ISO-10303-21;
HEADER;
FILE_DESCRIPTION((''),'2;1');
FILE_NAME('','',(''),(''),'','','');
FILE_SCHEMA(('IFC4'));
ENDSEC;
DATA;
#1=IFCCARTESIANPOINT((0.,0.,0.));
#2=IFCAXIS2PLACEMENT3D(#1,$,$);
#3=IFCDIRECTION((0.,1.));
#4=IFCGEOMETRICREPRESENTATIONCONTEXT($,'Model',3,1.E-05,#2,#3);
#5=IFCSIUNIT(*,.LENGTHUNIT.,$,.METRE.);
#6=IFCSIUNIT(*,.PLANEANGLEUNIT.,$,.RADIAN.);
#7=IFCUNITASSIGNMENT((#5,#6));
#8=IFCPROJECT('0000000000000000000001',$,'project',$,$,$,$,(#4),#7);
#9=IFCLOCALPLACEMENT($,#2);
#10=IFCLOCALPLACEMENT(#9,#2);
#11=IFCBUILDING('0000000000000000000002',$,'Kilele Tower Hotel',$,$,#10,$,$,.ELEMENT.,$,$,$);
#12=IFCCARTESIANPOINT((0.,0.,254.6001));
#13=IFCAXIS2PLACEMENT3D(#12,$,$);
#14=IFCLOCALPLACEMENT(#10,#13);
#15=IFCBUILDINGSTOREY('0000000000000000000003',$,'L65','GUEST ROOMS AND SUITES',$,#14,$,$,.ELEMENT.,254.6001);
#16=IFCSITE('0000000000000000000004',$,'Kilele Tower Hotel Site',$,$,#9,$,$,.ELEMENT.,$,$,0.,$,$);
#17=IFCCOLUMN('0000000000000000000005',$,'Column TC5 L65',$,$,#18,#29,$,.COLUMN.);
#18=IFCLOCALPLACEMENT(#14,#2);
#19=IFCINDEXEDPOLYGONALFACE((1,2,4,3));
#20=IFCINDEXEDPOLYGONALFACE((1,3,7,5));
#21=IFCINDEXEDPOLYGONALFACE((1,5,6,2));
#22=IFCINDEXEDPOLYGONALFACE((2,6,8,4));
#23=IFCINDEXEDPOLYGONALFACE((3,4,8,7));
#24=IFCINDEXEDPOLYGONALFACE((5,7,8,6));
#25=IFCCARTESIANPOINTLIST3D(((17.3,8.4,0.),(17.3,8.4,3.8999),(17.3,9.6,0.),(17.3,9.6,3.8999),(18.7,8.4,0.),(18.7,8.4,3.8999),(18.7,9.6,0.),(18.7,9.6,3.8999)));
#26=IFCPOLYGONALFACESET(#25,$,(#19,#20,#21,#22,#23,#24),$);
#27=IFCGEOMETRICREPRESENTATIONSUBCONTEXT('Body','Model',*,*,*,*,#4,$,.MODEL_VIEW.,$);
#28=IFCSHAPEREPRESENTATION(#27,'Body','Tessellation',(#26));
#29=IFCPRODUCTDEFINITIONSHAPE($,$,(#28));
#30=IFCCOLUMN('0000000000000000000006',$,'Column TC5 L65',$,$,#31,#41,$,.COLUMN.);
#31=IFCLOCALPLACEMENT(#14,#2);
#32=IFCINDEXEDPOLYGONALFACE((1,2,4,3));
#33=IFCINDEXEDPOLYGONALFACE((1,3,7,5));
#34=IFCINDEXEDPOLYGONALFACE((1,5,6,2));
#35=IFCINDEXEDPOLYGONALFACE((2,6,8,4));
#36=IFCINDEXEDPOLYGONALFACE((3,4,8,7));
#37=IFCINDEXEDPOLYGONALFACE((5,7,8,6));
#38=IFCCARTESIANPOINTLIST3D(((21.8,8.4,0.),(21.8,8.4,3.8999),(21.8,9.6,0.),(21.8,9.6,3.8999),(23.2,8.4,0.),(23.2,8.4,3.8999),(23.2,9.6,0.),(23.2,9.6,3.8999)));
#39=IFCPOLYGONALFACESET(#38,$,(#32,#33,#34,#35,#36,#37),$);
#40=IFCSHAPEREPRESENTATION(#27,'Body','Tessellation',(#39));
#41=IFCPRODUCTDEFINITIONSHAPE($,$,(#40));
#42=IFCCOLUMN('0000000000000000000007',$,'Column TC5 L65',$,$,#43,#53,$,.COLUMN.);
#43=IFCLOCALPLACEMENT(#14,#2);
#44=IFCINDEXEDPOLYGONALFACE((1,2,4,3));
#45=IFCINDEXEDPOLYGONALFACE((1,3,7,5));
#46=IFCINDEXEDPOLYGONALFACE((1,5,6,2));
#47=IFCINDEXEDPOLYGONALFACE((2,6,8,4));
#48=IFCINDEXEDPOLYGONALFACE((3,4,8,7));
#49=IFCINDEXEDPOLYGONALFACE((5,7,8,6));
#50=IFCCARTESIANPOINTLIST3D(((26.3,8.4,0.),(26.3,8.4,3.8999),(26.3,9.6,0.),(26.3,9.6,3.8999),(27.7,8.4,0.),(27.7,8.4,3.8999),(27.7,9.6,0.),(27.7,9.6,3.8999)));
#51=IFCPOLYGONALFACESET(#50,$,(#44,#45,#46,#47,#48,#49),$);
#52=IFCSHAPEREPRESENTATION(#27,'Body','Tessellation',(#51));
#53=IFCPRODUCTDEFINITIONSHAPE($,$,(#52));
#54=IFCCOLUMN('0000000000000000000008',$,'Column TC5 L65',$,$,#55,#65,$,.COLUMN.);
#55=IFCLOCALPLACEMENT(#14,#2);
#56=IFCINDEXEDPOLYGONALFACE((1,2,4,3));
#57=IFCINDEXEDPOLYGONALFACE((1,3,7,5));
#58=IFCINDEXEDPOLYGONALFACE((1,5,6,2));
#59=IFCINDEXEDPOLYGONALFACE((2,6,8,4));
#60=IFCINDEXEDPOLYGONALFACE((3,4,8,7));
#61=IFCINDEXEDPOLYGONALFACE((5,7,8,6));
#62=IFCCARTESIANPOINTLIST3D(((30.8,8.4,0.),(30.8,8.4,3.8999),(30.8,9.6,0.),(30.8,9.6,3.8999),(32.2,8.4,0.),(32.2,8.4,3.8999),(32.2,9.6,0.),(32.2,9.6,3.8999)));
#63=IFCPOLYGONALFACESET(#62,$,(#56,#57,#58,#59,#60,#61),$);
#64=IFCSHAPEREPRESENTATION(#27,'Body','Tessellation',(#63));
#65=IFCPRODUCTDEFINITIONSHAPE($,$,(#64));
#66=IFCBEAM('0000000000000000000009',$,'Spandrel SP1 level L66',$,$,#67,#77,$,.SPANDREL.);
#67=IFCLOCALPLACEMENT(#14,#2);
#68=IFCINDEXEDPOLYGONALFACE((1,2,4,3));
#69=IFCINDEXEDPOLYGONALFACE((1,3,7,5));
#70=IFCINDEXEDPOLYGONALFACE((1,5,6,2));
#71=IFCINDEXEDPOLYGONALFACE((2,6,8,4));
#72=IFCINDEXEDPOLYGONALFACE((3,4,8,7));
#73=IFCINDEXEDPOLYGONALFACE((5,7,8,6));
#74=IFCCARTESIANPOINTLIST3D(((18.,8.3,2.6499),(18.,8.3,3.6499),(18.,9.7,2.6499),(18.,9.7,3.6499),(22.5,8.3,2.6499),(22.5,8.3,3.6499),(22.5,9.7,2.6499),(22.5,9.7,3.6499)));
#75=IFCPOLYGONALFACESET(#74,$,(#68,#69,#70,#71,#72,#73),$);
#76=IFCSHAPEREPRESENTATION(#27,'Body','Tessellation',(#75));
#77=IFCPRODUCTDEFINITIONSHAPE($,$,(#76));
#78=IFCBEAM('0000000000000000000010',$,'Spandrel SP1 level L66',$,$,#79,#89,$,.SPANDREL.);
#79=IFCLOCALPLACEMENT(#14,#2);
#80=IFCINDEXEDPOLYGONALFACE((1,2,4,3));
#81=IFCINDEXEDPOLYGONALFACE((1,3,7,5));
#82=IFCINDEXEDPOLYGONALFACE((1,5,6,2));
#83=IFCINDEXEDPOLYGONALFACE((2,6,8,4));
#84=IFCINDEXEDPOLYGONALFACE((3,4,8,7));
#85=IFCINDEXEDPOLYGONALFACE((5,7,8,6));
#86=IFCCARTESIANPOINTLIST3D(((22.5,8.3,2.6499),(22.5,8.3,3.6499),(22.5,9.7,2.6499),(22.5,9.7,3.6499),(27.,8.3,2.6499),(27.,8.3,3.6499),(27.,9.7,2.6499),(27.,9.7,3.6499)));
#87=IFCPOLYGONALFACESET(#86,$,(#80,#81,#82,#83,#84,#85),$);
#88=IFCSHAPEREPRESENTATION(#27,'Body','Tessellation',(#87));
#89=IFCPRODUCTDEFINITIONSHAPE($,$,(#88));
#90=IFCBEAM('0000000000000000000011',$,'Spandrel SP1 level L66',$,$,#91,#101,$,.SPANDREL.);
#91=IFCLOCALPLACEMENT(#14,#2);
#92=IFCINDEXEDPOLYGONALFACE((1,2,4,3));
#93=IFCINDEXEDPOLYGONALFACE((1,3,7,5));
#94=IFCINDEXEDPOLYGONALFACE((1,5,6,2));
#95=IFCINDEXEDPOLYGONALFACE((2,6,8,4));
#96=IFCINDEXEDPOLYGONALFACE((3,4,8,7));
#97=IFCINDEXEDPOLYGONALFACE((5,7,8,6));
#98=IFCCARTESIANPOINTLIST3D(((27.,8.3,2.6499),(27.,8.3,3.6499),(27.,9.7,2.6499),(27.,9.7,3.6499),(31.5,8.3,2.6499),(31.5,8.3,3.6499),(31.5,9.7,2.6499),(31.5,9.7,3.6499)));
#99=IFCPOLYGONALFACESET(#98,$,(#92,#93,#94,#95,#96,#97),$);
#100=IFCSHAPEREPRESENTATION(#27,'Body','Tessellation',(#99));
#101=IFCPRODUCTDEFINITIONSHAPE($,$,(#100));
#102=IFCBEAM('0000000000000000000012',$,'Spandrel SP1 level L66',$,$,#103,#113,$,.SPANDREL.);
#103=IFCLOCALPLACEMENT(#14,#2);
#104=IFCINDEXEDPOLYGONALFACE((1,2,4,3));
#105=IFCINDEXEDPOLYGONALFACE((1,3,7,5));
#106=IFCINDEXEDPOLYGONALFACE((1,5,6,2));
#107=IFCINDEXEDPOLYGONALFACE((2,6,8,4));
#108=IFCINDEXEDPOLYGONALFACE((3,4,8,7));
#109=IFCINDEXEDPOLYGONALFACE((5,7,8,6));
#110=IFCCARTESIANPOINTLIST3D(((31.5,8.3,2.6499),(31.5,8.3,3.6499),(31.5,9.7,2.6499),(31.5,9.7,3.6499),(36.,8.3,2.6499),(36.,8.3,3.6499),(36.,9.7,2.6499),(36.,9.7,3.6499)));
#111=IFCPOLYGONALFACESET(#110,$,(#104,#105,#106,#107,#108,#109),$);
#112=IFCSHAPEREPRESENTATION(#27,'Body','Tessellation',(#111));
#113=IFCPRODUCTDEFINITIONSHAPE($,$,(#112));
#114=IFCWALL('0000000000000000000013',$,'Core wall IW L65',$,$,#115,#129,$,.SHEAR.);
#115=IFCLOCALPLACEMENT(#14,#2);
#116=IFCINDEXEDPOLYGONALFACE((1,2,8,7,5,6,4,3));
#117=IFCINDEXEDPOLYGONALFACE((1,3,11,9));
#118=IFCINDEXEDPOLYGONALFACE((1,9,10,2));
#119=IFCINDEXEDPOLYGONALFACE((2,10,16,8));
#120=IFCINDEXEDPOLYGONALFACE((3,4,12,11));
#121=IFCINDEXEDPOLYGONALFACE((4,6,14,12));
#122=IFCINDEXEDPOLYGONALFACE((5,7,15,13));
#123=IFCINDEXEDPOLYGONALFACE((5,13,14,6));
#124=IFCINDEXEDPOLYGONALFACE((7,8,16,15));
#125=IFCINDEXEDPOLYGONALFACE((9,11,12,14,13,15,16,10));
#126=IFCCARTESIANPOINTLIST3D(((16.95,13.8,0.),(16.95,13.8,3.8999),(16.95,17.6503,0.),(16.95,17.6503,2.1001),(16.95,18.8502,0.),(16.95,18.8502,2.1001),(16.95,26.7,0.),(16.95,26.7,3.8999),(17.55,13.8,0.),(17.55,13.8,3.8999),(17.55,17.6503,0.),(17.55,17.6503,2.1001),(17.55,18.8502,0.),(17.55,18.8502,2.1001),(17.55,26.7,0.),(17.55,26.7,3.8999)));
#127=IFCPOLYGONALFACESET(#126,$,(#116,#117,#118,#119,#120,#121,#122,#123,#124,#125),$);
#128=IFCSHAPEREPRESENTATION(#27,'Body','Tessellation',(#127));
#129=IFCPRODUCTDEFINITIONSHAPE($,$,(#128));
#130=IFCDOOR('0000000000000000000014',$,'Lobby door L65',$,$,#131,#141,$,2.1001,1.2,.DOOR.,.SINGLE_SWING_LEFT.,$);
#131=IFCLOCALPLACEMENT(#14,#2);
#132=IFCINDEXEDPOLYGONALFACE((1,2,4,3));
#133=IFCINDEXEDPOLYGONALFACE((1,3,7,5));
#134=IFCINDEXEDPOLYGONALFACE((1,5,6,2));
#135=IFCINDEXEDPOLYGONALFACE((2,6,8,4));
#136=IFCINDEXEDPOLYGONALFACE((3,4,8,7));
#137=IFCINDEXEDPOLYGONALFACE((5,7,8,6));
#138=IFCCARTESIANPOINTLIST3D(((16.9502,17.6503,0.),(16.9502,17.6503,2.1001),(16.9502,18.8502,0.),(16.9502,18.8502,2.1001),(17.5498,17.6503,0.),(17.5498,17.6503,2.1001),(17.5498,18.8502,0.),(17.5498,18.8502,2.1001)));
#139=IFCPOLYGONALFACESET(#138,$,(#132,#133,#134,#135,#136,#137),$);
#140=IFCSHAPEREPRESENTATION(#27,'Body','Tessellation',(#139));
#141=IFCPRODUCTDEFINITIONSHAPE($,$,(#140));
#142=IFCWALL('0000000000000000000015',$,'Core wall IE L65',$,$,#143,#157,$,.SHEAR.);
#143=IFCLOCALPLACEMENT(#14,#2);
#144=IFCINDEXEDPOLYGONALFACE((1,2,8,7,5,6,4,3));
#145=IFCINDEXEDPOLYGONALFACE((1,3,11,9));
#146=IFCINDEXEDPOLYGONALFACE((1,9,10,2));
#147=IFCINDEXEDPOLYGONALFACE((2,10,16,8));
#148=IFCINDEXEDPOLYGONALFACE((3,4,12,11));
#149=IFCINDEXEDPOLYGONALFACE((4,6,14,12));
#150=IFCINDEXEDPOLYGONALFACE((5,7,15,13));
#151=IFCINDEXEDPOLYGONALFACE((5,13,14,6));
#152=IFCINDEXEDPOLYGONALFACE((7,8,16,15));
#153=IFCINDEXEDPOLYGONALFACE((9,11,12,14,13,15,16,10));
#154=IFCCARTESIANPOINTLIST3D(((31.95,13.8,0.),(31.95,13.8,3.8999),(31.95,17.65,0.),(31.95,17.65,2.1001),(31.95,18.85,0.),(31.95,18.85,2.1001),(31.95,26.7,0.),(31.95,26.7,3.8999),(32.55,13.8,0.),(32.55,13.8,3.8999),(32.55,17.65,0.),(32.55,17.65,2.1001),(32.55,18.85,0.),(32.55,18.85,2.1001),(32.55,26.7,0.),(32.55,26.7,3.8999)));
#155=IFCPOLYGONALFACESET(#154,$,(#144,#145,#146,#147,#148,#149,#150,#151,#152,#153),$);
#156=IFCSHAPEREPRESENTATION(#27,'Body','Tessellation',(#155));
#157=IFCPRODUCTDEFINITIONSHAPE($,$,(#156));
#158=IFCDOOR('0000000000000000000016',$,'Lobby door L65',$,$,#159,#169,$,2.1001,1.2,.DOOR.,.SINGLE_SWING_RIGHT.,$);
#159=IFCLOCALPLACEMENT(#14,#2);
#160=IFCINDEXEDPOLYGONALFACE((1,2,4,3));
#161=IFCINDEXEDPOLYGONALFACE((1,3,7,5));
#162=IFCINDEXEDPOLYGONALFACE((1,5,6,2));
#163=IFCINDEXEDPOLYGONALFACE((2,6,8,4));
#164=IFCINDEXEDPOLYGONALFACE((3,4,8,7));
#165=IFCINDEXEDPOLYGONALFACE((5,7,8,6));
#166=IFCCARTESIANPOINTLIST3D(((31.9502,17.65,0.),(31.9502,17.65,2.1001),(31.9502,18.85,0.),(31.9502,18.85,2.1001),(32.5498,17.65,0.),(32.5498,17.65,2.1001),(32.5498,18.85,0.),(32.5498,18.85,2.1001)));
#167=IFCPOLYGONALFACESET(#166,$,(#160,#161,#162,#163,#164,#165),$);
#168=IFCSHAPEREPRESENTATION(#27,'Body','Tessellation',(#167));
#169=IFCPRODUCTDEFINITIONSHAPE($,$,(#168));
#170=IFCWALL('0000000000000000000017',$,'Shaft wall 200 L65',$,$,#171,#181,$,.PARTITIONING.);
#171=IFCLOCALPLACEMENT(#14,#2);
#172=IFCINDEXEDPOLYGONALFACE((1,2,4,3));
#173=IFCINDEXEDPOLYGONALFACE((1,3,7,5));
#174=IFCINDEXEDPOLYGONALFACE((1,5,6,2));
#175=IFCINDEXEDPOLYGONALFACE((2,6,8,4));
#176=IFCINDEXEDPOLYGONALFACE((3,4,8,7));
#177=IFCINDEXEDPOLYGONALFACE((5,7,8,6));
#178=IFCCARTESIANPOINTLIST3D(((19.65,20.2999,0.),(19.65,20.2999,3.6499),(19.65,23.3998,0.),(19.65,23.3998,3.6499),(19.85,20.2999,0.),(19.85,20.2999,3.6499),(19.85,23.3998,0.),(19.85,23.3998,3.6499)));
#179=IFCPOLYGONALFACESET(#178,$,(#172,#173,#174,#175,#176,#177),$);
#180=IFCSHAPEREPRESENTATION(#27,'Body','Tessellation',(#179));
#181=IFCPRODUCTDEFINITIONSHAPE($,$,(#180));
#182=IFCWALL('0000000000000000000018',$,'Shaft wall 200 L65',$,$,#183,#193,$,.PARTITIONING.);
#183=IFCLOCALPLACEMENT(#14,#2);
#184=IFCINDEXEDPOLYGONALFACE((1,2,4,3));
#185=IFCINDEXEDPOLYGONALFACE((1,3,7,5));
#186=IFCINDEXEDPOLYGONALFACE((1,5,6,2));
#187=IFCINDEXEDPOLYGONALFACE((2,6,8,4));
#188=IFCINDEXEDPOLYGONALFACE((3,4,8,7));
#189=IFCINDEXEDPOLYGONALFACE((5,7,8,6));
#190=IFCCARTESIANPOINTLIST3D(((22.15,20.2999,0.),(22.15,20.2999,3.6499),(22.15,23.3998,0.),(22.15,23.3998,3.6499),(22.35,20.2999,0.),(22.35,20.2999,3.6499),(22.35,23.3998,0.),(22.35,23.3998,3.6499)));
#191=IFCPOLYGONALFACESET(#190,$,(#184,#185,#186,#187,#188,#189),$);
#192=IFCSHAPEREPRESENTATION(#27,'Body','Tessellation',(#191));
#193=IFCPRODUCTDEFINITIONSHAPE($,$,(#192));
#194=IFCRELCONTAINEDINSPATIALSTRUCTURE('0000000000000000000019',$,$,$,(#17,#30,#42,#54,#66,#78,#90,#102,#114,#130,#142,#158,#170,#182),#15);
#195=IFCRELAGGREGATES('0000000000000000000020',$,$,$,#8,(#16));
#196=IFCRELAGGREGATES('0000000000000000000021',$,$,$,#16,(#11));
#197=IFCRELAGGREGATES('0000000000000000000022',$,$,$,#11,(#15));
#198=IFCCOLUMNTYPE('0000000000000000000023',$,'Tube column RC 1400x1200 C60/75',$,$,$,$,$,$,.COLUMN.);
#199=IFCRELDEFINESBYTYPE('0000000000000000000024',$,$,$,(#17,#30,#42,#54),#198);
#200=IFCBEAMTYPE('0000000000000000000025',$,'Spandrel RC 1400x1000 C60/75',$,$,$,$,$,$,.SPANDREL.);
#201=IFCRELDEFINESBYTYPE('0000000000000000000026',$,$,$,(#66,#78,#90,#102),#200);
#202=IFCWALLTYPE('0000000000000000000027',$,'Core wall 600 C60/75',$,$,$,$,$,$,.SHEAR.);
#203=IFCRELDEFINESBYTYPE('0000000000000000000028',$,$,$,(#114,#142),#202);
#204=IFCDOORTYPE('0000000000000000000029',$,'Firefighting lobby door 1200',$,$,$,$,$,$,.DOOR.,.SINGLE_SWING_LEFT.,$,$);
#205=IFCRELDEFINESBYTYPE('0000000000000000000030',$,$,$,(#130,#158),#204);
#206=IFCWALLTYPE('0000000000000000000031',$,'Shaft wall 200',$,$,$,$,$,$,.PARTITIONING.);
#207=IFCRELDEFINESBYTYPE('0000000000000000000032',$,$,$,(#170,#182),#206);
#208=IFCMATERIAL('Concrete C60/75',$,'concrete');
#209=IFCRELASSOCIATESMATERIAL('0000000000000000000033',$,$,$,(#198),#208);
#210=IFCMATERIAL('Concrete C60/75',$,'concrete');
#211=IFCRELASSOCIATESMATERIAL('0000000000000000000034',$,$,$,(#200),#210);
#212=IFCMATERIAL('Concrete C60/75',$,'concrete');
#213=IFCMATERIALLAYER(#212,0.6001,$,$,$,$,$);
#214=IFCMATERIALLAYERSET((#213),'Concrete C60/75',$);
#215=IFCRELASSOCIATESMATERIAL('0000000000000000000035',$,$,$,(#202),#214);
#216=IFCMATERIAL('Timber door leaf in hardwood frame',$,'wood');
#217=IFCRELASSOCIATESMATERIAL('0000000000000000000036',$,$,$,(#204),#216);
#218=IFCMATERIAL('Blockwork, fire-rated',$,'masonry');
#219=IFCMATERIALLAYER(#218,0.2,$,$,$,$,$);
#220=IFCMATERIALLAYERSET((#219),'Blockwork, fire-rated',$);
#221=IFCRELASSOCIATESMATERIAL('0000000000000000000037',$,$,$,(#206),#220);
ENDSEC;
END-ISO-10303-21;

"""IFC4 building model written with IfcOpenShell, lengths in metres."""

from ifc_helpers import new_model, si_unit, direction, frame, frame_2d, origin, origin_2d, place, context, subcontext, project, spatial, rectangle, extrude, material, layer, layer_set, material_profile, profile_set, type_object, element, fill, save


model = new_model("IFC4")

# Units and contexts
model_context = context("Model", 3, precision=1e-05, world=origin(), true_north=direction((0.0, 1.0)))
body_context = subcontext(model_context, "Body", "Model", "MODEL_VIEW")
ifc_project = project(units=[si_unit("LENGTHUNIT", "METRE"), si_unit("PLANEANGLEUNIT", "RADIAN")], contexts=[model_context])

# Site, building, storey
site_placement = place(None, origin())
site = spatial("IfcSite", under=ifc_project, at=site_placement, Name="Kilele Tower Hotel Site", CompositionType="ELEMENT", RefElevation=0.0)
building_placement = place(site_placement, origin())
building = spatial("IfcBuilding", under=site, at=building_placement, Name="Kilele Tower Hotel", CompositionType="ELEMENT")
storey_placement = place(building_placement, frame((0.0, 0.0, 254.6001)))
storey = spatial("IfcBuildingStorey", under=building, at=storey_placement, Name="L65", Description="GUEST ROOMS AND SUITES", CompositionType="ELEMENT", Elevation=254.6001)

# Columns
ifc_material_1 = material(Name="Concrete C60/75", Category="concrete")
ifc_material_profile_1 = material_profile(ifc_material_1, rectangle(XDim=1.3999, YDim=1.2, at=origin_2d()))
ifc_profile_set_1 = profile_set([ifc_material_profile_1], Name="Concrete C60/75")
column_type = type_object("IfcColumnType", Name="Tube column RC 1400x1200 C60/75", PredefinedType="COLUMN", material=ifc_profile_set_1)
for number, where, z_axis, x_axis, name in (
    (1, (18.0, 9.0, 0.0), (0.0, 0.0, 1.0), (1.0, 0.0, 0.0), "Column TC5 L65"),
    (2, (22.5, 9.0, 0.0), (0.0, 0.0, 1.0), (1.0, 0.0, 0.0), "Column TC5 L65"),
    (3, (27.0, 9.0, 0.0), (0.0, 0.0, 1.0), (1.0, 0.0, 0.0), "Column TC5 L65"),
    (4, (31.5, 9.0, 0.0), (0.0, 0.0, 1.0), (1.0, 0.0, 0.0), "Column TC5 L65"),
):
    element("IfcColumn", number, at=place(storey_placement, frame(where, z_axis=z_axis, x_axis=x_axis)), inside=storey, type_object=column_type, Name=name, PredefinedType="COLUMN", context=body_context, shape_type="SweptSolid", body=[
        extrude(rectangle(XDim=1.3999, YDim=1.2, at=origin_2d()), origin(), (0.0, 0.0, 1.0), 3.8999),
    ])

# Beams
ifc_material_2 = material(Name="Concrete C60/75", Category="concrete")
ifc_material_profile_2 = material_profile(ifc_material_2, rectangle(XDim=1.3999, YDim=1.0, at=origin_2d()))
ifc_profile_set_2 = profile_set([ifc_material_profile_2], Name="Concrete C60/75")
beam_type = type_object("IfcBeamType", Name="Spandrel RC 1400x1000 C60/75", PredefinedType="SPANDREL", material=ifc_profile_set_2)
for number, where, z_axis, x_axis, name in (
    (5, (18.0, 9.0, 3.1499), (1.0, 0.0, 0.0), (0.0, 1.0, 0.0), "Spandrel SP1 level L66"),
    (6, (22.5, 9.0, 3.1499), (1.0, 0.0, 0.0), (0.0, 1.0, 0.0), "Spandrel SP1 level L66"),
    (7, (27.0, 9.0, 3.1499), (1.0, 0.0, 0.0), (0.0, 1.0, 0.0), "Spandrel SP1 level L66"),
    (8, (31.5, 9.0, 3.1499), (1.0, 0.0, 0.0), (0.0, 1.0, 0.0), "Spandrel SP1 level L66"),
):
    element("IfcBeam", number, at=place(storey_placement, frame(where, z_axis=z_axis, x_axis=x_axis)), inside=storey, type_object=beam_type, Name=name, PredefinedType="SPANDREL", context=body_context, shape_type="SweptSolid", body=[
        extrude(rectangle(XDim=1.3999, YDim=1.0, at=origin_2d()), origin(), (0.0, 0.0, 1.0), 4.5),
    ])

# Walls, openings, doors
ifc_material_3 = material(Name="Concrete C60/75", Category="concrete")
ifc_layer_1 = layer(ifc_material_3, 0.6001)
ifc_layer_set_1 = layer_set([ifc_layer_1], Name="Concrete C60/75")
wall_type_1 = type_object("IfcWallType", Name="Core wall 600 C60/75", PredefinedType="SHEAR", material=ifc_layer_set_1)
wall_1_placement = place(storey_placement, frame((17.25, 13.8, 0.0), z_axis=(0.0, 0.0, 1.0), x_axis=(0.0, 1.0, 0.0)))
wall_1 = element("IfcWall", 9, at=wall_1_placement, inside=storey, type_object=wall_type_1, Name="Core wall IW L65", PredefinedType="SHEAR", context=body_context, shape_type="SweptSolid", body=[
    extrude(rectangle(XDim=12.8999, YDim=0.6001, at=frame_2d((6.45, 0.0))), origin(), (0.0, 0.0, 1.0), 3.8999),
])
opening_1_placement = place(wall_1_placement, frame((3.8501, 0.0, 0.0)))
opening_1 = element("IfcOpeningElement", 10, at=opening_1_placement, cuts=wall_1, PredefinedType="OPENING", context=body_context, shape_type="SweptSolid", body=[
    extrude(rectangle(XDim=1.2, YDim=2.1001, at=frame_2d((0.6001, 1.05))), frame((0.0, 0.3101, 0.0), z_axis=(0.0, -1.0, 0.0), x_axis=(1.0, 0.0, 0.0)), (0.0, 0.0, 1.0), 0.6201),
])
ifc_material_4 = material(Name="Timber door leaf in hardwood frame", Category="wood")
door_type = type_object("IfcDoorType", Name="Firefighting lobby door 1200", OperationType="SINGLE_SWING_LEFT", PredefinedType="DOOR", material=ifc_material_4)
door_1_placement = place(opening_1_placement, origin())
door_1 = element("IfcDoor", 11, at=door_1_placement, inside=storey, type_object=door_type, Name="Lobby door L65", OperationType="SINGLE_SWING_LEFT", OverallHeight=2.1001, OverallWidth=1.2, PredefinedType="DOOR", context=body_context, shape_type="SweptSolid", body=[
    extrude(rectangle(XDim=1.2, YDim=2.1001, at=frame_2d((0.6001, 1.05))), frame((0.0, 0.2998, 0.0), z_axis=(0.0, -1.0, 0.0), x_axis=(1.0, 0.0, 0.0)), (0.0, 0.0, 1.0), 0.5996),
])
fill(opening_1, door_1)
wall_2_placement = place(storey_placement, frame((32.25, 13.8, 0.0), z_axis=(0.0, 0.0, 1.0), x_axis=(0.0, 1.0, 0.0)))
wall_2 = element("IfcWall", 12, at=wall_2_placement, inside=storey, type_object=wall_type_1, Name="Core wall IE L65", PredefinedType="SHEAR", context=body_context, shape_type="SweptSolid", body=[
    extrude(rectangle(XDim=12.8999, YDim=0.6001, at=frame_2d((6.45, 0.0))), origin(), (0.0, 0.0, 1.0), 3.8999),
])
opening_2_placement = place(wall_2_placement, frame((5.05, 0.0, 0.0), z_axis=(0.0, 0.0, 1.0), x_axis=(-1.0, 0.0, 0.0)))
opening_2 = element("IfcOpeningElement", 13, at=opening_2_placement, cuts=wall_2, PredefinedType="OPENING", context=body_context, shape_type="SweptSolid", body=[
    extrude(rectangle(XDim=1.2, YDim=2.1001, at=frame_2d((0.6001, 1.05))), frame((0.0, 0.3101, 0.0), z_axis=(0.0, -1.0, 0.0), x_axis=(1.0, 0.0, 0.0)), (0.0, 0.0, 1.0), 0.6201),
])
door_2_placement = place(opening_2_placement, origin())
door_2 = element("IfcDoor", 14, at=door_2_placement, inside=storey, type_object=door_type, Name="Lobby door L65", OperationType="SINGLE_SWING_RIGHT", OverallHeight=2.1001, OverallWidth=1.2, PredefinedType="DOOR", context=body_context, shape_type="SweptSolid", body=[
    extrude(rectangle(XDim=1.2, YDim=2.1001, at=frame_2d((0.6001, 1.05))), frame((0.0, 0.2998, 0.0), z_axis=(0.0, -1.0, 0.0), x_axis=(1.0, 0.0, 0.0)), (0.0, 0.0, 1.0), 0.5996),
])
fill(opening_2, door_2)

# Walls
ifc_material_5 = material(Name="Blockwork, fire-rated", Category="masonry")
ifc_layer_2 = layer(ifc_material_5, 0.2)
ifc_layer_set_2 = layer_set([ifc_layer_2], Name="Blockwork, fire-rated")
wall_type_2 = type_object("IfcWallType", Name="Shaft wall 200", PredefinedType="PARTITIONING", material=ifc_layer_set_2)
for number, where, z_axis, x_axis, name in (
    (15, (19.75, 20.3, 0.0), (0.0, 0.0, 1.0), (0.0, 1.0, 0.0), "Shaft wall 200 L65"),
    (16, (22.25, 20.3, 0.0), (0.0, 0.0, 1.0), (0.0, 1.0, 0.0), "Shaft wall 200 L65"),
):
    element("IfcWall", number, at=place(storey_placement, frame(where, z_axis=z_axis, x_axis=x_axis)), inside=storey, type_object=wall_type_2, Name=name, PredefinedType="PARTITIONING", context=body_context, shape_type="SweptSolid", body=[
        extrude(rectangle(XDim=3.0999, YDim=0.2, at=frame_2d((1.5498, 0.0))), origin(), (0.0, 0.0, 1.0), 3.6499),
    ])

save(model, "model.ifc")
